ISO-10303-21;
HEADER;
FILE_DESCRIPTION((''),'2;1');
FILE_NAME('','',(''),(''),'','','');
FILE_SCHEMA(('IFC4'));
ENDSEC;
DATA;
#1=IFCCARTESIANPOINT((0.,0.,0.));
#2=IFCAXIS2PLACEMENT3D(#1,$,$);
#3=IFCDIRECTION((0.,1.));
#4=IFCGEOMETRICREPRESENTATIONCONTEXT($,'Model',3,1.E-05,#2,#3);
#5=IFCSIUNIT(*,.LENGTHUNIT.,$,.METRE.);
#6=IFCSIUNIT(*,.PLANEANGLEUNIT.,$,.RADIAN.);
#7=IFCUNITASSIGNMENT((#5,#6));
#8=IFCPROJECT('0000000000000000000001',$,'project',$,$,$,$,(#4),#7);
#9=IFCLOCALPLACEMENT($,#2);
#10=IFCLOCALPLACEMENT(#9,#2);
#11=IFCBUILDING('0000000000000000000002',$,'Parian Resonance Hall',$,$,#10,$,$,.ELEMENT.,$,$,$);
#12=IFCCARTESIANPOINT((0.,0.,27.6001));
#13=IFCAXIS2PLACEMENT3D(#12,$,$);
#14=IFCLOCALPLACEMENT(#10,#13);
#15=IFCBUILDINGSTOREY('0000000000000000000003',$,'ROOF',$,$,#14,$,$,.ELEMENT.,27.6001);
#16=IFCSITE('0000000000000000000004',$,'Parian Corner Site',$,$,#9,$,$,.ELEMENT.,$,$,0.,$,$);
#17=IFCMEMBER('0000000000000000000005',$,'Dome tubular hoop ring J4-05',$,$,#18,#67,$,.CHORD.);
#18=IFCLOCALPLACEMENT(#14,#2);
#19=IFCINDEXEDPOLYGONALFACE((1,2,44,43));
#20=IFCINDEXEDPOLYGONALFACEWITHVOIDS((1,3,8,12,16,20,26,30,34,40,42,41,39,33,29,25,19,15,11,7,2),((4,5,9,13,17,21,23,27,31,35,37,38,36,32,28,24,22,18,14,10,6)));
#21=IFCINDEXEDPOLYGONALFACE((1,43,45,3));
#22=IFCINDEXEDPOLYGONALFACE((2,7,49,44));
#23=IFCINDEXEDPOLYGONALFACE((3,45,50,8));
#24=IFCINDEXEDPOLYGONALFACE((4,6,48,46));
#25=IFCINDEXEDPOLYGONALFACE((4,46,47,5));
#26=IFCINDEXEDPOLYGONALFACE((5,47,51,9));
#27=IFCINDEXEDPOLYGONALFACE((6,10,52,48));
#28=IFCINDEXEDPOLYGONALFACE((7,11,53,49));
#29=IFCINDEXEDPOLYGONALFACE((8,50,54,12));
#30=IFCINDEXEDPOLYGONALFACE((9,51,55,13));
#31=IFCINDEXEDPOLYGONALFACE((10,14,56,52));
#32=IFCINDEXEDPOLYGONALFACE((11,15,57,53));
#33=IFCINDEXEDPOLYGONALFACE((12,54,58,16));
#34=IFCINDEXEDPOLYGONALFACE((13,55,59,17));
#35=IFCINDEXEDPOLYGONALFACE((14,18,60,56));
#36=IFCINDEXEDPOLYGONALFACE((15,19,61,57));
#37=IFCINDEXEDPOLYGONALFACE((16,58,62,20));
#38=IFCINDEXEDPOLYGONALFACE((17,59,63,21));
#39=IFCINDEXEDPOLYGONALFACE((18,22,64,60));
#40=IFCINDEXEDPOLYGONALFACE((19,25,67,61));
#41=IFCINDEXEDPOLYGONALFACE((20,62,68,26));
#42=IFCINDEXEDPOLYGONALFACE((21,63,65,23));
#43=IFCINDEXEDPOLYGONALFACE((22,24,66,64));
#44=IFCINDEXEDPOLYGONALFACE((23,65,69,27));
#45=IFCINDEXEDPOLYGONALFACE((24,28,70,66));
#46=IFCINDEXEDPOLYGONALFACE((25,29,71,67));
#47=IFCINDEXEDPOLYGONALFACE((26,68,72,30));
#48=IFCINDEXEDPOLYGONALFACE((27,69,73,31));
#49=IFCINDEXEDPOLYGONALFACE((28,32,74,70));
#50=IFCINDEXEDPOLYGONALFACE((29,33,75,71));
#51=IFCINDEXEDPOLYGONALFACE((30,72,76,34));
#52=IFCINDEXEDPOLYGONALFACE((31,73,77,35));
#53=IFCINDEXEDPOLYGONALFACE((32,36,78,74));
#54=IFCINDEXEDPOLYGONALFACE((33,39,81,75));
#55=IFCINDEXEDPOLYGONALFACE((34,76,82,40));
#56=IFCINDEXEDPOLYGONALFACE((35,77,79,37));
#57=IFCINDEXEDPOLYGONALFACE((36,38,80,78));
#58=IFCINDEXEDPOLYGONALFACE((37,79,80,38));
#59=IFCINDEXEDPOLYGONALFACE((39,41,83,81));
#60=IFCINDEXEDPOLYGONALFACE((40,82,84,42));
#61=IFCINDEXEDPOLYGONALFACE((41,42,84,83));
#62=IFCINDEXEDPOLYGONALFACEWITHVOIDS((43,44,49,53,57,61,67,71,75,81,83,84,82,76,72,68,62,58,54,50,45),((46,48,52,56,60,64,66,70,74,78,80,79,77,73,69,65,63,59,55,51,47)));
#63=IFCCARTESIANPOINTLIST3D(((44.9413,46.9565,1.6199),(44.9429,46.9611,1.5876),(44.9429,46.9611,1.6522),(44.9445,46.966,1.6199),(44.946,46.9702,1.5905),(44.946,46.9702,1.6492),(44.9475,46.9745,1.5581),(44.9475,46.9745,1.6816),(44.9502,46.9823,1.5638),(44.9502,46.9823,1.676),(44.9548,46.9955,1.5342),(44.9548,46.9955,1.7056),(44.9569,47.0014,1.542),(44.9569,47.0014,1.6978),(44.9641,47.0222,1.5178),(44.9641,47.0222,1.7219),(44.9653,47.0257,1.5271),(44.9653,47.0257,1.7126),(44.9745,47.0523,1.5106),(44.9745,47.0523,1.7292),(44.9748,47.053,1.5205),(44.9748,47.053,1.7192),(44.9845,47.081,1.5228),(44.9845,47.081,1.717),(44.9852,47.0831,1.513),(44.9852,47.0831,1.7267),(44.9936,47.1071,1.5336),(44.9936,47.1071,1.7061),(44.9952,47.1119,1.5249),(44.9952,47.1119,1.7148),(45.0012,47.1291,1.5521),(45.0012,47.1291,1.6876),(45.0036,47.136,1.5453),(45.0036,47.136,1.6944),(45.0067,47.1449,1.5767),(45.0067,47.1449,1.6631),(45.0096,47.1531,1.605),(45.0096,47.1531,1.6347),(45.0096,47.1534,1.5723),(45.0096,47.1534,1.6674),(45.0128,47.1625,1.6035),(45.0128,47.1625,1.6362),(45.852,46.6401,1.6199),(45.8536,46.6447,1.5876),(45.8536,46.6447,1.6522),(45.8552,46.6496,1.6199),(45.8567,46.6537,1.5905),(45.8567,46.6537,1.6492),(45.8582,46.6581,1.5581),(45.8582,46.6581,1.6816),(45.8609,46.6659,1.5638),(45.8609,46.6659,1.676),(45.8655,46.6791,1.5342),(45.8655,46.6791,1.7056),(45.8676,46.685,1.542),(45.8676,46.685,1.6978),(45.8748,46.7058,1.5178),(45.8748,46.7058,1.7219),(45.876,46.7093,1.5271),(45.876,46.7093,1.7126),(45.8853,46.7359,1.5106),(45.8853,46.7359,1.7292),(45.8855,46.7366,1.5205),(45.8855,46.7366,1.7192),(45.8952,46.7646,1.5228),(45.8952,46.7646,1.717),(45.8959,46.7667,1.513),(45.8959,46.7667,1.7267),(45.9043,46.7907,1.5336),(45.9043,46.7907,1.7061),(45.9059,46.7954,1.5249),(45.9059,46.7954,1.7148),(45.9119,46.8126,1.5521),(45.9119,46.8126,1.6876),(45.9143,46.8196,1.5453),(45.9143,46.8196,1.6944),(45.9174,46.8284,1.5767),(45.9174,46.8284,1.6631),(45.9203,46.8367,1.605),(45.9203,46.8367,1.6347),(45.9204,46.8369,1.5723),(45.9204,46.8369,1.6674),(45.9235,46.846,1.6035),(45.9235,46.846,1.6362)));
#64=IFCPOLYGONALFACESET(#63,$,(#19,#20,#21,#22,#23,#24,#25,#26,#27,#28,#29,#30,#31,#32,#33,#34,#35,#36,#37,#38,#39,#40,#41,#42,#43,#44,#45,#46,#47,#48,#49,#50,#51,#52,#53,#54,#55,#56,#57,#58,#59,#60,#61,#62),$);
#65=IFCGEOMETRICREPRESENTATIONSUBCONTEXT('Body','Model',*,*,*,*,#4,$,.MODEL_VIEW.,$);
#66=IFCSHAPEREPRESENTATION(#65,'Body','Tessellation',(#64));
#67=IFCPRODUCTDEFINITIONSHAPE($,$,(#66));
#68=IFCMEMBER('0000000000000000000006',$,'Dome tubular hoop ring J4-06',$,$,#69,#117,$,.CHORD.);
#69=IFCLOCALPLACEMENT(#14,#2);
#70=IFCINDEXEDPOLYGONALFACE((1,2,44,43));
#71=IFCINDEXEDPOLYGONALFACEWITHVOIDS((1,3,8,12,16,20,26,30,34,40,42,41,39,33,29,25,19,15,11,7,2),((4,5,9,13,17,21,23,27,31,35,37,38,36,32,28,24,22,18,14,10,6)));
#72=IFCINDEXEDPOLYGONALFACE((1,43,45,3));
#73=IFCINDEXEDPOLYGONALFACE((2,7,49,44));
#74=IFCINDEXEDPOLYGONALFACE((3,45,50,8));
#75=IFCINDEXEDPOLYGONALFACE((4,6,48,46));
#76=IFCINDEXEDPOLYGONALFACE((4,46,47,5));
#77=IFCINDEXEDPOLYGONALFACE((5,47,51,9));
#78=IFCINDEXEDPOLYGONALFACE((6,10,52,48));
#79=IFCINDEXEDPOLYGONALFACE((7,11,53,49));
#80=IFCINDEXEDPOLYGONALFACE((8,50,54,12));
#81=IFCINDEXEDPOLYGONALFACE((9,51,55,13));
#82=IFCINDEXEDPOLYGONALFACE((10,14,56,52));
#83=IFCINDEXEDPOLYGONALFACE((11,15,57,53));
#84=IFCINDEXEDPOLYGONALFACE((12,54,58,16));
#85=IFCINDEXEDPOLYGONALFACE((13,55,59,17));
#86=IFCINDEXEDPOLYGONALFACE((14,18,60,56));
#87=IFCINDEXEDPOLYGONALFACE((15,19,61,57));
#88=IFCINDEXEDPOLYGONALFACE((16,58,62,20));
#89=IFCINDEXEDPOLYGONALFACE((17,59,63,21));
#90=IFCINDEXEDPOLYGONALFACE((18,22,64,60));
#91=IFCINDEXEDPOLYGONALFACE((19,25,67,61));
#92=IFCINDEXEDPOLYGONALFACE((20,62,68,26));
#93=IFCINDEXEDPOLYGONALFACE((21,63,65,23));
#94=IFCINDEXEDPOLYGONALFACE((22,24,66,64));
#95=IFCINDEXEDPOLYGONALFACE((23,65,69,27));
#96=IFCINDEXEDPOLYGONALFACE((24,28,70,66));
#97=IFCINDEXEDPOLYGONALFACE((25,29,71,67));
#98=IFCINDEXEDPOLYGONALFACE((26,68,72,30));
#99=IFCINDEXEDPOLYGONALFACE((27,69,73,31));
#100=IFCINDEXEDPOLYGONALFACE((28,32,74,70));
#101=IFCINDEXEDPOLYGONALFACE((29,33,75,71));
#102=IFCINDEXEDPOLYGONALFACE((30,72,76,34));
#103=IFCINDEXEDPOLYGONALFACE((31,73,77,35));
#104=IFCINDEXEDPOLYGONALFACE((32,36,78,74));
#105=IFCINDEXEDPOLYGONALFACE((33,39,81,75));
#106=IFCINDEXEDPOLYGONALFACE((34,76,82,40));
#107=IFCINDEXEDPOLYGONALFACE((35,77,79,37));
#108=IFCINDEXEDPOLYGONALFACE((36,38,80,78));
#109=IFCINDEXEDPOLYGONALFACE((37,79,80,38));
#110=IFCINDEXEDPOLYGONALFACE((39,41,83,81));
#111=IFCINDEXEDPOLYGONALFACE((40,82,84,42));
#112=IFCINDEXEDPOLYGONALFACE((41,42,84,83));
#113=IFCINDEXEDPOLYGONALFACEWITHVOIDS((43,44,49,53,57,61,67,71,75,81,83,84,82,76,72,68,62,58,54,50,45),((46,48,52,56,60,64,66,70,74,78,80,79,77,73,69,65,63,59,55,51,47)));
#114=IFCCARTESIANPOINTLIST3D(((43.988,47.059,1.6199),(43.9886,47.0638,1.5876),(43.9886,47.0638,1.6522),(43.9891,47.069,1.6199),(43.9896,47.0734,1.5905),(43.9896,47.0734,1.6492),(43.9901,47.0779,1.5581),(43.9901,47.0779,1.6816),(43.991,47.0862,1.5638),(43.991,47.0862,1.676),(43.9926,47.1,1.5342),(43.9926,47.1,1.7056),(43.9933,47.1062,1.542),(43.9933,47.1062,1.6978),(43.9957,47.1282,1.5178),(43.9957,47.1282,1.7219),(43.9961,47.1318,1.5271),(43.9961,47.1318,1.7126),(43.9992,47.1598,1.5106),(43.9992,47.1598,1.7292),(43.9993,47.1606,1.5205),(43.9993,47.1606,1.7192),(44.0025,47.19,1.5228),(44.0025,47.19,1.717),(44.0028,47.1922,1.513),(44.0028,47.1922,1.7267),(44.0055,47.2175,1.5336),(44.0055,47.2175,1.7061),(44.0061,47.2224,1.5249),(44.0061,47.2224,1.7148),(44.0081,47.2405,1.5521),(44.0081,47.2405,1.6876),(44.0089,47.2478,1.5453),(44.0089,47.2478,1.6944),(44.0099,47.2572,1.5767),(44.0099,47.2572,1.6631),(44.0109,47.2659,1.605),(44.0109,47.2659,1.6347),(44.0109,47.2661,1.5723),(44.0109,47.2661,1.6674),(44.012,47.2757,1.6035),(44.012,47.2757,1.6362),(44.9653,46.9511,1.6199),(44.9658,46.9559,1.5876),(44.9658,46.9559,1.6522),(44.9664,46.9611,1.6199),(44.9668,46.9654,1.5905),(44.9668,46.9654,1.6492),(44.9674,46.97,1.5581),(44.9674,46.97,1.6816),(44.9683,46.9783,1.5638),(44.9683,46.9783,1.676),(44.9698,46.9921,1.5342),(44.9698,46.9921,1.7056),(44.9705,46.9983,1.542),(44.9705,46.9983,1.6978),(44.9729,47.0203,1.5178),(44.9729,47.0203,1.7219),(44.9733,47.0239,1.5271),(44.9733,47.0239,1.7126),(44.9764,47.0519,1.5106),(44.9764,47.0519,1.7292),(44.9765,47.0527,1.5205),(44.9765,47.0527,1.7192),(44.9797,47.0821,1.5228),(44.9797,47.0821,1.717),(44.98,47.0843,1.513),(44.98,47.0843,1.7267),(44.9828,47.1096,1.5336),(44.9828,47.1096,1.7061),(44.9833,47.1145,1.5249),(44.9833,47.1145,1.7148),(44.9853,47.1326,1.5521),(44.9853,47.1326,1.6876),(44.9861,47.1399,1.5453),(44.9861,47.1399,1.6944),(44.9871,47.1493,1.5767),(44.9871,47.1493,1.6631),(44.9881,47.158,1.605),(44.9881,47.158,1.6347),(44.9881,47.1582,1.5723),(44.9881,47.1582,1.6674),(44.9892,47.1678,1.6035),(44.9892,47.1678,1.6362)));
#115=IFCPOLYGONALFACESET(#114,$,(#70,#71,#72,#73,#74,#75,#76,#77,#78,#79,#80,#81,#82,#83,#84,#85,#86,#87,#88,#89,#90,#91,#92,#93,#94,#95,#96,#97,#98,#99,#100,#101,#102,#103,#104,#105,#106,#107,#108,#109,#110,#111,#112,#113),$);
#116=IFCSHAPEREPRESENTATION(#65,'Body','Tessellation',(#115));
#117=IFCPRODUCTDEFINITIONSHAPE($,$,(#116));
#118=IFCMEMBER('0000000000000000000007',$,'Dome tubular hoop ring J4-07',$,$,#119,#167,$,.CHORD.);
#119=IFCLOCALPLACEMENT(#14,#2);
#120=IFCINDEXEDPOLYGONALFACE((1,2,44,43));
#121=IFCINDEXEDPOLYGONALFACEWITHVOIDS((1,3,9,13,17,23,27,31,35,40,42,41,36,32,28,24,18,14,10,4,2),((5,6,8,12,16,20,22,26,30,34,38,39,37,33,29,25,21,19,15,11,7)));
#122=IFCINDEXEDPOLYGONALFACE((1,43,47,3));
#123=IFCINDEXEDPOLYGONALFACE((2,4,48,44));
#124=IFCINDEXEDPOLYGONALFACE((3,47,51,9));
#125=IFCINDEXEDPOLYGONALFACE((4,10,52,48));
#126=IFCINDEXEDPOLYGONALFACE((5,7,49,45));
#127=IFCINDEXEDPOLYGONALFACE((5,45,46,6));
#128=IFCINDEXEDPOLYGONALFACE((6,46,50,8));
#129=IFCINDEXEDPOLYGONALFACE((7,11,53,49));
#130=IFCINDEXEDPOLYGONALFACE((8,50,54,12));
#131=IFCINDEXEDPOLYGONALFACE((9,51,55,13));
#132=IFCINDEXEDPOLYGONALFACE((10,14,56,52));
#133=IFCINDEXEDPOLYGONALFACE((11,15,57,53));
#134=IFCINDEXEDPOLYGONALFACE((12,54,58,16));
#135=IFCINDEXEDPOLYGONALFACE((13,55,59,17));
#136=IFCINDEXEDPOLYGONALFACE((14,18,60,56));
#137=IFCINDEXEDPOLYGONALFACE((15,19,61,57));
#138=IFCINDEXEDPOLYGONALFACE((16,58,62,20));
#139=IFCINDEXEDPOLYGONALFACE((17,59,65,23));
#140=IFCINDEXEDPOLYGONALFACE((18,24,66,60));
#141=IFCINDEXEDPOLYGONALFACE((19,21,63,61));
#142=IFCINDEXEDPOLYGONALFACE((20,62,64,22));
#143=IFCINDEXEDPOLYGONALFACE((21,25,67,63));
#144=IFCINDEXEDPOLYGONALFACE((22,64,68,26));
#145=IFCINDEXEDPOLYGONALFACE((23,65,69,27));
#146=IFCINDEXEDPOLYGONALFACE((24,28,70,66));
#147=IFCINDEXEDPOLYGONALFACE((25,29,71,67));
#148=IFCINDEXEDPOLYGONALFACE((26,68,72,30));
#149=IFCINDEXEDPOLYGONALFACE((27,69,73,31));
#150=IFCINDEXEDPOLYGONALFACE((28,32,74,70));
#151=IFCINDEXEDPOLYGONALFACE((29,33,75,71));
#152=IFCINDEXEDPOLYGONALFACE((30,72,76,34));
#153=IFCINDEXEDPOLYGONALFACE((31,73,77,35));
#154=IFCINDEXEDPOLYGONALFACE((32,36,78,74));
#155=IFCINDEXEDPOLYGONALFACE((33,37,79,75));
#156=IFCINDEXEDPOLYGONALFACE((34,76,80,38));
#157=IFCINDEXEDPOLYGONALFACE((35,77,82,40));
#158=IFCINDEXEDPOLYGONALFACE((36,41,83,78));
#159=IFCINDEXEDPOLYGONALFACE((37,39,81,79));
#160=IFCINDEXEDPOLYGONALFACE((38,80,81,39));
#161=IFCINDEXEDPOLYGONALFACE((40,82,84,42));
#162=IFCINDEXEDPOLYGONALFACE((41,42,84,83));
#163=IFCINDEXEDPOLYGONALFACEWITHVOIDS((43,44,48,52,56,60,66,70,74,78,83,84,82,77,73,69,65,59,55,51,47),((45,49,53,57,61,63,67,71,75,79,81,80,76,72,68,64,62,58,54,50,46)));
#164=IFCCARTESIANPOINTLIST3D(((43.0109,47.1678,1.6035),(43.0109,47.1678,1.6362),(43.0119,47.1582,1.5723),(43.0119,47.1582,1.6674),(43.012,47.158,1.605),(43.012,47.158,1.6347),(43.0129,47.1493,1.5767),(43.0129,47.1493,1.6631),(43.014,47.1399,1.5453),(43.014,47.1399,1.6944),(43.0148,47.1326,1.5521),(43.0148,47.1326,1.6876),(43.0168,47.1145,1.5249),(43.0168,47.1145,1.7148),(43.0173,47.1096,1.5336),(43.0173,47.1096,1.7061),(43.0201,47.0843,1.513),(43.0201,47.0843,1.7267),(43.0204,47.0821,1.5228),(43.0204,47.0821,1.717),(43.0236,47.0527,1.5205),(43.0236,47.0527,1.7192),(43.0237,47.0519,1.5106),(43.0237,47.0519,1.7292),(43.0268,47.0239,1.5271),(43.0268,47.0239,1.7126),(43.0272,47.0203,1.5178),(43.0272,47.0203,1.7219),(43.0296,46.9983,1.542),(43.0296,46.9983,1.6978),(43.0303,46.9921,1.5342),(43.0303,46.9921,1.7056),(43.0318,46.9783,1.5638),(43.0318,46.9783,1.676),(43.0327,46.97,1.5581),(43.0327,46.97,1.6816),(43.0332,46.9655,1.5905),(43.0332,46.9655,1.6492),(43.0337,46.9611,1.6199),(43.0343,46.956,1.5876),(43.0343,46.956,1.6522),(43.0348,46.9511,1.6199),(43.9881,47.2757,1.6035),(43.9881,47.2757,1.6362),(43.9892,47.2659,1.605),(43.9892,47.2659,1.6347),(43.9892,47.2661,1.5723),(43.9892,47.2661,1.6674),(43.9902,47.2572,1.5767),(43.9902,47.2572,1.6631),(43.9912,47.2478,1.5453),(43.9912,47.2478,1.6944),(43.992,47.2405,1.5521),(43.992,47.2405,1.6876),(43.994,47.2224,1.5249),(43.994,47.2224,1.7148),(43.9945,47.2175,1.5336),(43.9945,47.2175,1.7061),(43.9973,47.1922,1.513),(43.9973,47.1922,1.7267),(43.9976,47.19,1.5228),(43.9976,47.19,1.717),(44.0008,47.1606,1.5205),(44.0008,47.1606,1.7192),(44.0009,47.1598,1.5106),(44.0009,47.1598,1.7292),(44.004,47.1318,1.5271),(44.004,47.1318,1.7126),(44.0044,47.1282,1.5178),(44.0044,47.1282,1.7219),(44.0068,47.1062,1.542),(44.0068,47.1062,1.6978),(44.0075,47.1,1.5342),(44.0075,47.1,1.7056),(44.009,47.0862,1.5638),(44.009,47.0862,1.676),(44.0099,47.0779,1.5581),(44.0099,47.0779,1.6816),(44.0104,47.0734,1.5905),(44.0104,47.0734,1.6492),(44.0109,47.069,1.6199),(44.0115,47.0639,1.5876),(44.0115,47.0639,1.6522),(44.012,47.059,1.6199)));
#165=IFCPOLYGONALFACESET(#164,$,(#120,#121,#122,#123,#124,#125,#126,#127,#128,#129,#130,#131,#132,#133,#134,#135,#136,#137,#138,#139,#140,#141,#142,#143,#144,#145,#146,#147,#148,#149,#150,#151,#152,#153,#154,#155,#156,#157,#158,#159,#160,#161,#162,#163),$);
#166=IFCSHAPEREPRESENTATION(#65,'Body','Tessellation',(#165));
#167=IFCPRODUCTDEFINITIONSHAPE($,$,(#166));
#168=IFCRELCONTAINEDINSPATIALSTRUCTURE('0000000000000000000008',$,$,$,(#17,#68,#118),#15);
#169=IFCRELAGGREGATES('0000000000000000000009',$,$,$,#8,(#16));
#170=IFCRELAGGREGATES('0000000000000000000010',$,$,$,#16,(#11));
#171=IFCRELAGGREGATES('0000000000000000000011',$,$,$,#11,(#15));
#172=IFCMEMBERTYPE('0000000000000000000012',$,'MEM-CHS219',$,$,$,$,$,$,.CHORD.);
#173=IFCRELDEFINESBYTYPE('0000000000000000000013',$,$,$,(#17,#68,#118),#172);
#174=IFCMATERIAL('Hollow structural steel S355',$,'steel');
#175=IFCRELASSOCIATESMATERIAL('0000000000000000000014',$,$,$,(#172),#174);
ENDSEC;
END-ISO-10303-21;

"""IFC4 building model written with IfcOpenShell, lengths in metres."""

from ifc_helpers import new_model, si_unit, direction, frame, origin, origin_2d, place, context, subcontext, project, spatial, hollow_circle, extrude, material, material_profile, profile_set, type_object, element, save


model = new_model("IFC4")

# Units and contexts
model_context = context("Model", 3, precision=1e-05, world=origin(), true_north=direction((0.0, 1.0)))
body_context = subcontext(model_context, "Body", "Model", "MODEL_VIEW")
ifc_project = project(units=[si_unit("LENGTHUNIT", "METRE"), si_unit("PLANEANGLEUNIT", "RADIAN")], contexts=[model_context])

# Site, building, storey
site_placement = place(None, origin())
site = spatial("IfcSite", under=ifc_project, at=site_placement, Name="Parian Corner Site", CompositionType="ELEMENT", RefElevation=0.0)
building_placement = place(site_placement, origin())
building = spatial("IfcBuilding", under=site, at=building_placement, Name="Parian Resonance Hall", CompositionType="ELEMENT")
storey_placement = place(building_placement, frame((0.0, 0.0, 27.6001)))
storey = spatial("IfcBuildingStorey", under=building, at=storey_placement, Name="ROOF", CompositionType="ELEMENT", Elevation=27.6001)

# Members
ifc_material_1 = material(Name="Hollow structural steel S355", Category="steel")
ifc_material_profile_1 = material_profile(ifc_material_1, hollow_circle(Radius=0.1096, WallThickness=0.01, at=origin_2d()), Name="CHS219.1x10")
ifc_profile_set_1 = profile_set([ifc_material_profile_1], Name="Hollow structural steel S355")
member_type_1 = type_object("IfcMemberType", Name="MEM-CHS219", PredefinedType="CHORD", material=ifc_profile_set_1)
member_1_placement = place(storey_placement, frame((45.8879, 46.7437, 1.6199), z_axis=(-0.944606, 0.328206, 0.0), x_axis=(-0.328206, -0.944606, 0.0)))
element("IfcMember", 1, at=member_1_placement, inside=storey, type_object=member_type_1, Name="Dome tubular hoop ring J4-05", PredefinedType="CHORD", context=body_context, shape_type="SweptSolid", body=[
    extrude(hollow_circle(Radius=0.1096, WallThickness=0.01, at=origin_2d()), origin(), (0.0, 0.0, 1.0), 0.9641),
])
for number, where, z_axis, x_axis, name in (
    (2, (44.9773, 47.0601, 1.6199), (-0.993959, 0.10975, 0.0), (-0.10975, -0.993959, 0.0), "Dome tubular hoop ring J4-06"),
    (3, (44.0, 47.168, 1.6199), (-0.993959, -0.10975, 0.0), (0.10975, -0.993959, 0.0), "Dome tubular hoop ring J4-07"),
):
    element("IfcMember", number, at=place(storey_placement, frame(where, z_axis=z_axis, x_axis=x_axis)), inside=storey, type_object=member_type_1, Name=name, PredefinedType="CHORD", context=body_context, shape_type="SweptSolid", body=[
        extrude(hollow_circle(Radius=0.1096, WallThickness=0.01, at=origin_2d()), origin(), (0.0, 0.0, 1.0), 0.9832),
    ])

save(model, "model.ifc")
